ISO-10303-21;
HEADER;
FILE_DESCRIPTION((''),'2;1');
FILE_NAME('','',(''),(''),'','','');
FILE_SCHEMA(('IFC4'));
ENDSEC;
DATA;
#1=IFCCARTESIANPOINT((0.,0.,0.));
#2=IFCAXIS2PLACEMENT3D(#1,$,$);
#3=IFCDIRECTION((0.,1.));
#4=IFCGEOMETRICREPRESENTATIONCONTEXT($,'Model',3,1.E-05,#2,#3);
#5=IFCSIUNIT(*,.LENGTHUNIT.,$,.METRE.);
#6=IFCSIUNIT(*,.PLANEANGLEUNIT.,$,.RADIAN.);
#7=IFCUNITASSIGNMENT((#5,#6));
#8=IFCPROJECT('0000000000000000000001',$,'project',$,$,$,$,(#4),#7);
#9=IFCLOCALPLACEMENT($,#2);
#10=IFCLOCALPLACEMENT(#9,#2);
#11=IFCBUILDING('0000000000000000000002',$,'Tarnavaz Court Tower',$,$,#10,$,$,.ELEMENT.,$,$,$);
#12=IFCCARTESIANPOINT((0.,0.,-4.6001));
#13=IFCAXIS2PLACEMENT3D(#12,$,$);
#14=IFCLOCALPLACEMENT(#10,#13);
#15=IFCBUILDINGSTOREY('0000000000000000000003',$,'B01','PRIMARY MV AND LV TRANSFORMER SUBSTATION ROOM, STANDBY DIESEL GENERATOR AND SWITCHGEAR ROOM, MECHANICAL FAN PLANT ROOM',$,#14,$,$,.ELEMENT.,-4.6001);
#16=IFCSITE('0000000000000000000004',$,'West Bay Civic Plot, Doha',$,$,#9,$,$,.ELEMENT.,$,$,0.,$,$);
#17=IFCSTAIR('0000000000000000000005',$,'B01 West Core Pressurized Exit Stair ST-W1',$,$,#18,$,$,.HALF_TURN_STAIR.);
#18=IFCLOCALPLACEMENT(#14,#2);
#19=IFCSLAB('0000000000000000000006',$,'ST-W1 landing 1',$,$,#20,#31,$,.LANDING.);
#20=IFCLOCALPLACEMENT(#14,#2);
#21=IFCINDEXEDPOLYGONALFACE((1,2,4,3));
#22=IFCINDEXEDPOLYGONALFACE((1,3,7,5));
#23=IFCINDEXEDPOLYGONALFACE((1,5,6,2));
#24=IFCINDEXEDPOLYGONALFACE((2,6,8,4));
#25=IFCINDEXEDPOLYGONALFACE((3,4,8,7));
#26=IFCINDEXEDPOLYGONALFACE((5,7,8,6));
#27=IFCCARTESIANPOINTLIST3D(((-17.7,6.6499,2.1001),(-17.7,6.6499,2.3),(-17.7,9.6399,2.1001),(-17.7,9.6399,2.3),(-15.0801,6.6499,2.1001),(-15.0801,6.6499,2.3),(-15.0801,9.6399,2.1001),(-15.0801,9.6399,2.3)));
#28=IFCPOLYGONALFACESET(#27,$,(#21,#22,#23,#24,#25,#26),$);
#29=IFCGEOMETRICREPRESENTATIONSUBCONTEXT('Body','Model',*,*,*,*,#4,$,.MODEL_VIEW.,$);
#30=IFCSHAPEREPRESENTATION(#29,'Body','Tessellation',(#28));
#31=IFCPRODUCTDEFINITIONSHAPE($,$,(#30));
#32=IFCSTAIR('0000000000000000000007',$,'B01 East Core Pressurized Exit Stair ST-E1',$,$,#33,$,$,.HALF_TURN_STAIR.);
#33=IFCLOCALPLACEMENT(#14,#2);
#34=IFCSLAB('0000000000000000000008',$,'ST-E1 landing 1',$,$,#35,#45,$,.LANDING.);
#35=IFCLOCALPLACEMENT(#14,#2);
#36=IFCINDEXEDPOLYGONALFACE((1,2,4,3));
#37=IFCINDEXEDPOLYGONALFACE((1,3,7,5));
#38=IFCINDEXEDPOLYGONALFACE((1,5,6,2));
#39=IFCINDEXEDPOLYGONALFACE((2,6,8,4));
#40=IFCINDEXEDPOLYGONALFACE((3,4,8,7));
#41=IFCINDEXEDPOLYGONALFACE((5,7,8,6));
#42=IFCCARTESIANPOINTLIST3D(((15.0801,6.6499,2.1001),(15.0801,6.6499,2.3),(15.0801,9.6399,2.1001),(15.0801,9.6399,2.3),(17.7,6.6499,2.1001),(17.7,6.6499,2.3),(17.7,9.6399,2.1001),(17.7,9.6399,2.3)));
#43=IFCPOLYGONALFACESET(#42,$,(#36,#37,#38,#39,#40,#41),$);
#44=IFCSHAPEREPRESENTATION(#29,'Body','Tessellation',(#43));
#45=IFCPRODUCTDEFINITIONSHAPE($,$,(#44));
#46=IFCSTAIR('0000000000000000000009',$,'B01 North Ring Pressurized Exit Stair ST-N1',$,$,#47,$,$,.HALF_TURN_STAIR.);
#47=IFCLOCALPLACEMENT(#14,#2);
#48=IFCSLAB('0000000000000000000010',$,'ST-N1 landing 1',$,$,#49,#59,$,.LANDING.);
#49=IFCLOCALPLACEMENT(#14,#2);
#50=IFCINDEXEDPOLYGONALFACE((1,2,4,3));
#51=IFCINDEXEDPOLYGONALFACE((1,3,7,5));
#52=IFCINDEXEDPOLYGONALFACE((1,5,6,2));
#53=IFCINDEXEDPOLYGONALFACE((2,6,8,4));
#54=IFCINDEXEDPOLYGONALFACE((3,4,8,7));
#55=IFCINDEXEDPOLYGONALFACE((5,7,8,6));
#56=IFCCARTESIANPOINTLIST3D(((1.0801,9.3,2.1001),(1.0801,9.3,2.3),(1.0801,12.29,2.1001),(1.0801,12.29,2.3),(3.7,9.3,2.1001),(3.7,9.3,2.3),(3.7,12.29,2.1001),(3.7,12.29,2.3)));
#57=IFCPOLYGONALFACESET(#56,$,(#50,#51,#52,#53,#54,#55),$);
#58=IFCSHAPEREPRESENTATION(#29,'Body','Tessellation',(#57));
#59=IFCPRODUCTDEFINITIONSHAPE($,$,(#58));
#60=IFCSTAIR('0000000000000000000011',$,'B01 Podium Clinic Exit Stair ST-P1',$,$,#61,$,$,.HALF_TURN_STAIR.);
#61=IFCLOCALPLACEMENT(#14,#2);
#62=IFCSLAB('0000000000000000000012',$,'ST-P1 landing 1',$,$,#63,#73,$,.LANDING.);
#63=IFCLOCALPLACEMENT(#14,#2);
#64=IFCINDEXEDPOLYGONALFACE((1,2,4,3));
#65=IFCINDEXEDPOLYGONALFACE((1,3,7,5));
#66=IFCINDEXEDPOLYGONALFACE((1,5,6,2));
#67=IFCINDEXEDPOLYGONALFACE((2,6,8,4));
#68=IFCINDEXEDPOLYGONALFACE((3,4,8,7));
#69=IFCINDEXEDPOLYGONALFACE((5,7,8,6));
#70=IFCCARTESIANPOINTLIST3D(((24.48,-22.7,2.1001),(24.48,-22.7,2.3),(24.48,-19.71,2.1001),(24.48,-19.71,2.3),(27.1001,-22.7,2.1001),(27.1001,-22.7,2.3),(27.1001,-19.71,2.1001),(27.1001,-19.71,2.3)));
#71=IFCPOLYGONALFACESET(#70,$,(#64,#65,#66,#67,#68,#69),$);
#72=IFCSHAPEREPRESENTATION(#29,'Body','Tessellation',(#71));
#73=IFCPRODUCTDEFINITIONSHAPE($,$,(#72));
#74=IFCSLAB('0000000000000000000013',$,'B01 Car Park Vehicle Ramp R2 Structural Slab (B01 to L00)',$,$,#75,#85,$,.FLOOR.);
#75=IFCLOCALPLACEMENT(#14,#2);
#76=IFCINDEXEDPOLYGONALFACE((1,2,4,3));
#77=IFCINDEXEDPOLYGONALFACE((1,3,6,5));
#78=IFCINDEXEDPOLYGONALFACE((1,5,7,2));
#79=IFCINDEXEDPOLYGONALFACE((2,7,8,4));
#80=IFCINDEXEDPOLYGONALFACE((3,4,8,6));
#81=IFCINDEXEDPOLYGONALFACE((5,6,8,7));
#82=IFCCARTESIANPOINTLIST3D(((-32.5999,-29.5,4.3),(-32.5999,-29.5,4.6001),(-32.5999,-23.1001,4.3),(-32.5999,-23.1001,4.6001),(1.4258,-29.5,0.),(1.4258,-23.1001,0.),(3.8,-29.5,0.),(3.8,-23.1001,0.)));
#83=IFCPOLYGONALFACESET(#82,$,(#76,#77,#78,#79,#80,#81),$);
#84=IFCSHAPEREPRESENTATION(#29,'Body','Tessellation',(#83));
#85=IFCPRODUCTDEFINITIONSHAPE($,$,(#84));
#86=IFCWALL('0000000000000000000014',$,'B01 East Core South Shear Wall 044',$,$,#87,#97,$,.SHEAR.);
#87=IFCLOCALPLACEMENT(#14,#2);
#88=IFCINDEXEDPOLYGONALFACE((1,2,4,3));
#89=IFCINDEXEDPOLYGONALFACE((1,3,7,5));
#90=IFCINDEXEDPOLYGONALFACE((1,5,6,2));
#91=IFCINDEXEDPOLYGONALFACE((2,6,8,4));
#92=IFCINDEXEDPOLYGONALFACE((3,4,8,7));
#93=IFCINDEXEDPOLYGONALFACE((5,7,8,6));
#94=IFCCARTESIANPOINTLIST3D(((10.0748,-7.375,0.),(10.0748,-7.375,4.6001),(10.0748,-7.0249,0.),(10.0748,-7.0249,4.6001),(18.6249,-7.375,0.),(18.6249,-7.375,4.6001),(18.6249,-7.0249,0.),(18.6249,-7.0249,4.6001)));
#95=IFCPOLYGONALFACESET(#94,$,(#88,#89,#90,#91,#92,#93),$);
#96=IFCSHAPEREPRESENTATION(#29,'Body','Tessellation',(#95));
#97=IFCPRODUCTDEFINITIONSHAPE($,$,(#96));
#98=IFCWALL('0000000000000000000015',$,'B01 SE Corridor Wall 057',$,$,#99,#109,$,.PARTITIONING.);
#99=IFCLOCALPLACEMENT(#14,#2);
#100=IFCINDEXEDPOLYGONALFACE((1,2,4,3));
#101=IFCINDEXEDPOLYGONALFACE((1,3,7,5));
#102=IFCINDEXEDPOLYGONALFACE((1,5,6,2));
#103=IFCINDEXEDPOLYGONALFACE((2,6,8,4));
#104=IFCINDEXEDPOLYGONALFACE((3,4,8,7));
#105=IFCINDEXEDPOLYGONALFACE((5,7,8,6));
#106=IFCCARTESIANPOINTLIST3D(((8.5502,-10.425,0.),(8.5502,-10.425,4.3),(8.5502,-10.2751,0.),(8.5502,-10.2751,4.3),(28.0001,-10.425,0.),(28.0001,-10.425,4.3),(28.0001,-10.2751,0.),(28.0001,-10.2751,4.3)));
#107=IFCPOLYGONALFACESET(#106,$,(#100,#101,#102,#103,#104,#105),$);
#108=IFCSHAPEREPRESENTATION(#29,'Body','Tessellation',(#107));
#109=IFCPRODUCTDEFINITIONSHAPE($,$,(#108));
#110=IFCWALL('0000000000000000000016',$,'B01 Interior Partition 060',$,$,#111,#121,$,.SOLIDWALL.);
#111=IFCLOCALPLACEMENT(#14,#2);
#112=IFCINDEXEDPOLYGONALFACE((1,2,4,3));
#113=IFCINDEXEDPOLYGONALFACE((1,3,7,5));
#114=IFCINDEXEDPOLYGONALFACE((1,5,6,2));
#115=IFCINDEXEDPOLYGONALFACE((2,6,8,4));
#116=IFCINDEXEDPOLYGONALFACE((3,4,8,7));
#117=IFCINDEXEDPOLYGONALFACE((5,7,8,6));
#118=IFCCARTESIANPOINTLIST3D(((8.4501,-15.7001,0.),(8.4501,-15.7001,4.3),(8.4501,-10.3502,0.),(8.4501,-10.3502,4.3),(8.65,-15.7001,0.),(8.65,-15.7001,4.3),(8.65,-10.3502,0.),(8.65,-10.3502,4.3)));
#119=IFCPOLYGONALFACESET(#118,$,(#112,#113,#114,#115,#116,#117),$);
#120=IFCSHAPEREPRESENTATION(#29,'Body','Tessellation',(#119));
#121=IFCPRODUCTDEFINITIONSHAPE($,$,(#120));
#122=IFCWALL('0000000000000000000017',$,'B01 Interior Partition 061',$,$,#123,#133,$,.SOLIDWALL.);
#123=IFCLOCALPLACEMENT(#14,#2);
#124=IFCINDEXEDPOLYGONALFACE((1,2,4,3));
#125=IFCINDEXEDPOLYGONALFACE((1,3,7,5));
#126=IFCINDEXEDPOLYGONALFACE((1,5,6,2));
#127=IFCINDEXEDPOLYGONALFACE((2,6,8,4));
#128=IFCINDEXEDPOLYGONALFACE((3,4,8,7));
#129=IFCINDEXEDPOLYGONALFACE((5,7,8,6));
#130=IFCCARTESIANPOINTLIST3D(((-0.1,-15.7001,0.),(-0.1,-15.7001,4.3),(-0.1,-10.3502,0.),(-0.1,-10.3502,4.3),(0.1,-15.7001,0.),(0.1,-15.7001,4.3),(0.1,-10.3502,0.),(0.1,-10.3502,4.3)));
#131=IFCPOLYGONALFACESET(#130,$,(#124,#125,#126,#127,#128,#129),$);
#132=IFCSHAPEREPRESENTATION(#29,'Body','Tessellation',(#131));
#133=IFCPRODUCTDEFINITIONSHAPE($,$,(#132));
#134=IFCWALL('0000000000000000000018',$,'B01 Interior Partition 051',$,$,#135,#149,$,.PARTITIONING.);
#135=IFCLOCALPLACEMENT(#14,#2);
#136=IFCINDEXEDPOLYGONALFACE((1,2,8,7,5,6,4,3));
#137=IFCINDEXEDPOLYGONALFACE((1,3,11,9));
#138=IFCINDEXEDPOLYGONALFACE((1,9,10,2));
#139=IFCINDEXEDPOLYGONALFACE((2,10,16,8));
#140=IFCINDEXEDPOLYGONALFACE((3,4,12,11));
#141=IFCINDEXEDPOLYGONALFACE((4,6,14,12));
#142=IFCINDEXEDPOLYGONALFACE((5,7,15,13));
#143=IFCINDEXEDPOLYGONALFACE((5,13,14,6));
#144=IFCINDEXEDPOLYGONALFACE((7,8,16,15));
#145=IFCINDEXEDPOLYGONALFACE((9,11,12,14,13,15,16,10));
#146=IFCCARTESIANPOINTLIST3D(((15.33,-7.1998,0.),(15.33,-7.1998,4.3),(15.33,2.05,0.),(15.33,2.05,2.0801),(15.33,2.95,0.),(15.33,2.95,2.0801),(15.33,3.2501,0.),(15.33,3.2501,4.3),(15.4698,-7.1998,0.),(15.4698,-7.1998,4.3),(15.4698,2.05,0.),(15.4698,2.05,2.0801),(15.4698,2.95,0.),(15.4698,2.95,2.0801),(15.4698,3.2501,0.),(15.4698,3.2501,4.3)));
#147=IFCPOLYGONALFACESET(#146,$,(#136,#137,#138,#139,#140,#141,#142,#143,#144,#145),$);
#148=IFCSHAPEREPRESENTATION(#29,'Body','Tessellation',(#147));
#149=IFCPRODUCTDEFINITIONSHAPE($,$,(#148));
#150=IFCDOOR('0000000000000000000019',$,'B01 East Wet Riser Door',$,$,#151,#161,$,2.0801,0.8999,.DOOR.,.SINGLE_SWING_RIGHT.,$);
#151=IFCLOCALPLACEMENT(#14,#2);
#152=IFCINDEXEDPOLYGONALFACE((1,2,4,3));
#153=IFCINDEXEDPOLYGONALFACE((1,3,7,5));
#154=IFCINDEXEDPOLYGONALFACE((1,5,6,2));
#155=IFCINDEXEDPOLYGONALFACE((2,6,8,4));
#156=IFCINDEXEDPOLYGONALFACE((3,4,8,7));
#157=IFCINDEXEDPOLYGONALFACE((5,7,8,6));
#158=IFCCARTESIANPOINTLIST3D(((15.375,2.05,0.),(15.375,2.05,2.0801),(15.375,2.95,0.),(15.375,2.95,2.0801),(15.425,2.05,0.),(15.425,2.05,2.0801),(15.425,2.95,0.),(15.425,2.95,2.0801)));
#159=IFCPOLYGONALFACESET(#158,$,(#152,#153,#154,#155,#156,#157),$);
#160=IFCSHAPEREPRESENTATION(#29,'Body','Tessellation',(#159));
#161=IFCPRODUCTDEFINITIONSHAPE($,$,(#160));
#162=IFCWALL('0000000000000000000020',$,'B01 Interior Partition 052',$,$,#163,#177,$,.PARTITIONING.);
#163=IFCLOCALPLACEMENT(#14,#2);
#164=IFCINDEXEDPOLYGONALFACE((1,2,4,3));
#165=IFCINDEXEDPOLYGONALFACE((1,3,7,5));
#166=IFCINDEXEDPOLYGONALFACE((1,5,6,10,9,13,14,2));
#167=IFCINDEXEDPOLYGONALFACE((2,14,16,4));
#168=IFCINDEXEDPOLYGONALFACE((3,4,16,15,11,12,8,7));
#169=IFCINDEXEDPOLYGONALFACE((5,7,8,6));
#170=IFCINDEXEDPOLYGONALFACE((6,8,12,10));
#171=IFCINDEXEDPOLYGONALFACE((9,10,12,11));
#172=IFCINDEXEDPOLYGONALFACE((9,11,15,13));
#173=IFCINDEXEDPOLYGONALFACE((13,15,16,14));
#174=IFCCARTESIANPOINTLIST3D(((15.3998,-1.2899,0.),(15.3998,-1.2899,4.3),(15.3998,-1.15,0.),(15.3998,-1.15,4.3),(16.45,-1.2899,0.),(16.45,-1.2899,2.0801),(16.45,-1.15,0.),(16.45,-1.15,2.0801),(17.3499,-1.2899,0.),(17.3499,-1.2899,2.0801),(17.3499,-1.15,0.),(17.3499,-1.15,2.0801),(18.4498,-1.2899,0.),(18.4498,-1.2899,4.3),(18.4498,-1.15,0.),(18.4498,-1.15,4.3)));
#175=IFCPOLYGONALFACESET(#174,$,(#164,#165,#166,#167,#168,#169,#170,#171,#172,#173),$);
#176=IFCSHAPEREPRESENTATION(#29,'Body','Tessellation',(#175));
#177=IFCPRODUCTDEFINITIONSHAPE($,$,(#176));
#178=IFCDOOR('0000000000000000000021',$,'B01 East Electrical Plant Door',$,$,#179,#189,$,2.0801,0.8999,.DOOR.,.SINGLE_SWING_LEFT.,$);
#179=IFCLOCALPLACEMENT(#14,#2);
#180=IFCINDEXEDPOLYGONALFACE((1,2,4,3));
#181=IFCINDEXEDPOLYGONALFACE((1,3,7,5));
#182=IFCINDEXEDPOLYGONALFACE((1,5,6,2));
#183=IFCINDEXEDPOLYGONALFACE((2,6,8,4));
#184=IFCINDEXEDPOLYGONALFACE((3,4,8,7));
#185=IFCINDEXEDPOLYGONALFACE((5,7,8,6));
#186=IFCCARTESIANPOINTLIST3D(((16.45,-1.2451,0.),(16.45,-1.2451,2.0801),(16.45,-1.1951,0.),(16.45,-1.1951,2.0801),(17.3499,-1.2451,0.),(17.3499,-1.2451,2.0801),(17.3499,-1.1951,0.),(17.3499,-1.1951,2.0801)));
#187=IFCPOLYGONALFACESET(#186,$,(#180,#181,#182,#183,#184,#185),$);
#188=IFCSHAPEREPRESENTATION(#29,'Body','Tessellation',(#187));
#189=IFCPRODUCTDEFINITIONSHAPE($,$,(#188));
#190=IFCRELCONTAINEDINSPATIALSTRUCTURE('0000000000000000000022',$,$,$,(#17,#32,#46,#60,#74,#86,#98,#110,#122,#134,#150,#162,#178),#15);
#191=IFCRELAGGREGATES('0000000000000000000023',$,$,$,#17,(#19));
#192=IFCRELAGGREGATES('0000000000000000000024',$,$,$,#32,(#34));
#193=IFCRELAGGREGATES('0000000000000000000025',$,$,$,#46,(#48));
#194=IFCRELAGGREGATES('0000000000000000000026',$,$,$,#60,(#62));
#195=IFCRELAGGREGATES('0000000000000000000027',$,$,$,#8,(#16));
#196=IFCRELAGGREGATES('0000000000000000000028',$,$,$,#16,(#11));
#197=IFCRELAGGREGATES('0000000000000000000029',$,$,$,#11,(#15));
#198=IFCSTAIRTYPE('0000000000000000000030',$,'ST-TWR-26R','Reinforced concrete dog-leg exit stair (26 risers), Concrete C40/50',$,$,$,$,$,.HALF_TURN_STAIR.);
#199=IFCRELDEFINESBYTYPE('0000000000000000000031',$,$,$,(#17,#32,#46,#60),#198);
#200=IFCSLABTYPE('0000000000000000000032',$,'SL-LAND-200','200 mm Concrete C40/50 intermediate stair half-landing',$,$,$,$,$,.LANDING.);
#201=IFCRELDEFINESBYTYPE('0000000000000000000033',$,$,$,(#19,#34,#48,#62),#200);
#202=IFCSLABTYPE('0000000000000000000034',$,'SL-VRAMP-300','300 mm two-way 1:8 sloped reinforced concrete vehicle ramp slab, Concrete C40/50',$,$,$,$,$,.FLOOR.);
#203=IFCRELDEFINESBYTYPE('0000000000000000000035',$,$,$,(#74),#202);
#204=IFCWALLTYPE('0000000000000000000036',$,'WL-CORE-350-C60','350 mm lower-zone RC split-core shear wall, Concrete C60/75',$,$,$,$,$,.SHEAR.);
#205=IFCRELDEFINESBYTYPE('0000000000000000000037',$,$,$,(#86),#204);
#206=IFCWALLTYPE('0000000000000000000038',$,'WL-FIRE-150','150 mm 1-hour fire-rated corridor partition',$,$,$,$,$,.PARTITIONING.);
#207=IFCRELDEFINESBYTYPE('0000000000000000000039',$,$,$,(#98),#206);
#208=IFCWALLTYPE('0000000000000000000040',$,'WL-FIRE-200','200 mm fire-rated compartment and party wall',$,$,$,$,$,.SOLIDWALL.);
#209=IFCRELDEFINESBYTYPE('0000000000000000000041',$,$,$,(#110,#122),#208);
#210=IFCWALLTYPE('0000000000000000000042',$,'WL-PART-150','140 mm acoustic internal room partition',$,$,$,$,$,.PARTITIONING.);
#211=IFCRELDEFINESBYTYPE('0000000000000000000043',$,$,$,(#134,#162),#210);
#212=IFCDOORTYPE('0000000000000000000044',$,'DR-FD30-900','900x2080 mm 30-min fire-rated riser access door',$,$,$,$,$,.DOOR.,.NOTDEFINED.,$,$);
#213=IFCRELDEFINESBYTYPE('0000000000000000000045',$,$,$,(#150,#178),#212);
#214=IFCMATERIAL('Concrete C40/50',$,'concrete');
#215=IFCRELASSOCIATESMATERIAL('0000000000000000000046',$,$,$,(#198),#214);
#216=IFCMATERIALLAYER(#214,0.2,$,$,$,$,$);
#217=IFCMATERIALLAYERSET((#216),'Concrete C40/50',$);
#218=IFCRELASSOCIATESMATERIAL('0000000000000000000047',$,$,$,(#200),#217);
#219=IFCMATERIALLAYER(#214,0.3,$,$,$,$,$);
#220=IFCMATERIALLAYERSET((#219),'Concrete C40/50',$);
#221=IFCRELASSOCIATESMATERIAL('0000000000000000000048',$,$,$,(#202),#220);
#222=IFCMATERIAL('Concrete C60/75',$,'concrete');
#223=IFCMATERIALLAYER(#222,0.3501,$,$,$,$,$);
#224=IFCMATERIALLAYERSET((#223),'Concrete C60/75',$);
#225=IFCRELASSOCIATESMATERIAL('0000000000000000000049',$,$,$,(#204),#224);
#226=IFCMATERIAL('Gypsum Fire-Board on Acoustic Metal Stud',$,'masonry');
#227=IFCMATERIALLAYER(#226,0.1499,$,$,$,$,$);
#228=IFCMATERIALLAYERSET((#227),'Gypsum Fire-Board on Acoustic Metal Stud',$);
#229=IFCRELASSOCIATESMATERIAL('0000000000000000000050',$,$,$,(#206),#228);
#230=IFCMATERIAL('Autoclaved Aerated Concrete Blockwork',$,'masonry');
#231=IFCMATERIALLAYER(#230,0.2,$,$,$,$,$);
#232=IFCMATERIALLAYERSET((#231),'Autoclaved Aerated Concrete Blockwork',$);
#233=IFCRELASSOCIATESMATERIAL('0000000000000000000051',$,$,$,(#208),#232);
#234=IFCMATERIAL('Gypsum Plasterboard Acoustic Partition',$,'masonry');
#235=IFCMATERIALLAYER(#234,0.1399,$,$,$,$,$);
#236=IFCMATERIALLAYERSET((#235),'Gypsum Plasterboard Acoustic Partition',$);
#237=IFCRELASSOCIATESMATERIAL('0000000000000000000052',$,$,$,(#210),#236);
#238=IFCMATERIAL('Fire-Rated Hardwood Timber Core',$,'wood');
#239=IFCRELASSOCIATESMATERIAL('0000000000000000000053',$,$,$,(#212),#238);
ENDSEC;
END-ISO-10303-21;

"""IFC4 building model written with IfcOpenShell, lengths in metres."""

from ifc_helpers import new_model, si_unit, direction, frame, frame_2d, origin, place, context, subcontext, project, spatial, polyline, rectangle, outline, extrude, material, layer, layer_set, type_object, element, fill, aggregate, save


model = new_model("IFC4")

# Units and contexts
model_context = context("Model", 3, precision=1e-05, world=origin(), true_north=direction((0.0, 1.0)))
body_context = subcontext(model_context, "Body", "Model", "MODEL_VIEW")
ifc_project = project(units=[si_unit("LENGTHUNIT", "METRE"), si_unit("PLANEANGLEUNIT", "RADIAN")], contexts=[model_context])

# Site, building, storey
site_placement = place(None, origin())
site = spatial("IfcSite", under=ifc_project, at=site_placement, Name="West Bay Civic Plot, Doha", CompositionType="ELEMENT", RefElevation=0.0)
building_placement = place(site_placement, origin())
building = spatial("IfcBuilding", under=site, at=building_placement, Name="Tarnavaz Court Tower", CompositionType="ELEMENT")
storey_placement = place(building_placement, frame((0.0, 0.0, -4.6001)))
storey = spatial("IfcBuildingStorey", under=building, at=storey_placement, Name="B01", Description="PRIMARY MV AND LV TRANSFORMER SUBSTATION ROOM, STANDBY DIESEL GENERATOR AND SWITCHGEAR ROOM, MECHANICAL FAN PLANT ROOM", CompositionType="ELEMENT", Elevation=-4.6001)

# Shared definitions
ifc_material_1 = material(Name="Concrete C60/75", Category="concrete")

# Stairs, slabs
ifc_material_2 = material(Name="Concrete C40/50", Category="concrete")
stair_type = type_object("IfcStairType", Name="ST-TWR-26R", Description="Reinforced concrete dog-leg exit stair (26 risers), Concrete C40/50", PredefinedType="HALF_TURN_STAIR", material=ifc_material_2)
stair_1_placement = place(storey_placement, origin())
stair_1 = element("IfcStair", 1, at=stair_1_placement, inside=storey, type_object=stair_type, Name="B01 West Core Pressurized Exit Stair ST-W1", PredefinedType="HALF_TURN_STAIR")
ifc_layer_1 = layer(ifc_material_2, 0.2)
ifc_layer_set_1 = layer_set([ifc_layer_1], Name="Concrete C40/50")
slab_type_1 = type_object("IfcSlabType", Name="SL-LAND-200", Description="200 mm Concrete C40/50 intermediate stair half-landing", PredefinedType="LANDING", material=ifc_layer_set_1)
slab_1_placement = place(storey_placement, frame((0.0, 0.0, 2.1001)))
slab_1 = element("IfcSlab", 2, at=slab_1_placement, type_object=slab_type_1, Name="ST-W1 landing 1", PredefinedType="LANDING", context=body_context, shape_type="SweptSolid", body=[
    extrude(outline(polyline([(-15.0801, 9.6399), (-17.7, 9.6399), (-17.7, 6.6499), (-15.0801, 6.6499), (-15.0801, 9.6399)])), origin(), (0.0, 0.0, 1.0), 0.2),
])
aggregate(stair_1, [slab_1])
stair_2_placement = place(storey_placement, origin())
stair_2 = element("IfcStair", 3, at=stair_2_placement, inside=storey, type_object=stair_type, Name="B01 East Core Pressurized Exit Stair ST-E1", PredefinedType="HALF_TURN_STAIR")
slab_2_placement = place(storey_placement, frame((0.0, 0.0, 2.1001)))
slab_2 = element("IfcSlab", 4, at=slab_2_placement, type_object=slab_type_1, Name="ST-E1 landing 1", PredefinedType="LANDING", context=body_context, shape_type="SweptSolid", body=[
    extrude(outline(polyline([(15.0801, 6.6499), (17.7, 6.6499), (17.7, 9.6399), (15.0801, 9.6399), (15.0801, 6.6499)])), origin(), (0.0, 0.0, 1.0), 0.2),
])
aggregate(stair_2, [slab_2])
stair_3_placement = place(storey_placement, origin())
stair_3 = element("IfcStair", 5, at=stair_3_placement, inside=storey, type_object=stair_type, Name="B01 North Ring Pressurized Exit Stair ST-N1", PredefinedType="HALF_TURN_STAIR")
slab_3_placement = place(storey_placement, frame((0.0, 0.0, 2.1001)))
slab_3 = element("IfcSlab", 6, at=slab_3_placement, type_object=slab_type_1, Name="ST-N1 landing 1", PredefinedType="LANDING", context=body_context, shape_type="SweptSolid", body=[
    extrude(outline(polyline([(1.0801, 9.3), (3.7, 9.3), (3.7, 12.29), (1.0801, 12.29), (1.0801, 9.3)])), origin(), (0.0, 0.0, 1.0), 0.2),
])
aggregate(stair_3, [slab_3])
stair_4_placement = place(storey_placement, origin())
stair_4 = element("IfcStair", 7, at=stair_4_placement, inside=storey, type_object=stair_type, Name="B01 Podium Clinic Exit Stair ST-P1", PredefinedType="HALF_TURN_STAIR")
slab_4_placement = place(storey_placement, frame((0.0, 0.0, 2.1001)))
slab_4 = element("IfcSlab", 8, at=slab_4_placement, type_object=slab_type_1, Name="ST-P1 landing 1", PredefinedType="LANDING", context=body_context, shape_type="SweptSolid", body=[
    extrude(outline(polyline([(24.48, -22.7), (27.1001, -22.7), (27.1001, -19.71), (24.48, -19.71), (24.48, -22.7)])), origin(), (0.0, 0.0, 1.0), 0.2),
])
aggregate(stair_4, [slab_4])

# Slab
ifc_layer_2 = layer(ifc_material_2, 0.3)
ifc_layer_set_2 = layer_set([ifc_layer_2], Name="Concrete C40/50")
slab_type_2 = type_object("IfcSlabType", Name="SL-VRAMP-300", Description="300 mm two-way 1:8 sloped reinforced concrete vehicle ramp slab, Concrete C40/50", PredefinedType="FLOOR", material=ifc_layer_set_2)
slab_5_placement = place(storey_placement, frame((3.8, -26.3, 0.0), z_axis=(0.0, 0.0, 1.0), x_axis=(-1.0, 0.0, 0.0)))
element("IfcSlab", 9, at=slab_5_placement, inside=storey, type_object=slab_type_2, Name="B01 Car Park Vehicle Ramp R2 Structural Slab (B01 to L00)", PredefinedType="FLOOR", context=body_context, shape_type="SweptSolid", body=[
    extrude(outline(polyline([(0.0, 0.0), (36.3999, 4.6001), (36.3999, 4.3), (2.3743, 0.0), (0.0, 0.0)])), frame((0.0, 3.2, 0.0), z_axis=(0.0, -1.0, 0.0), x_axis=(1.0, 0.0, 0.0)), (0.0, 0.0, 1.0), 6.3999),
])

# Walls
ifc_layer_3 = layer(ifc_material_1, 0.3501)
ifc_layer_set_3 = layer_set([ifc_layer_3], Name="Concrete C60/75")
wall_type_1 = type_object("IfcWallType", Name="WL-CORE-350-C60", Description="350 mm lower-zone RC split-core shear wall, Concrete C60/75", PredefinedType="SHEAR", material=ifc_layer_set_3)
wall_1_placement = place(storey_placement, frame((10.075, -7.2, 0.0), z_axis=(0.0, 0.0, 1.0), x_axis=(1.0, 0.0, 0.0)))
element("IfcWall", 10, at=wall_1_placement, inside=storey, type_object=wall_type_1, Name="B01 East Core South Shear Wall 044", PredefinedType="SHEAR", context=body_context, shape_type="SweptSolid", body=[
    extrude(rectangle(XDim=8.55, YDim=0.3501, at=frame_2d((4.2749, 0.0))), origin(), (0.0, 0.0, 1.0), 4.6001),
])
ifc_material_3 = material(Name="Gypsum Fire-Board on Acoustic Metal Stud", Category="masonry")
ifc_layer_4 = layer(ifc_material_3, 0.1499)
ifc_layer_set_4 = layer_set([ifc_layer_4], Name="Gypsum Fire-Board on Acoustic Metal Stud")
wall_type_2 = type_object("IfcWallType", Name="WL-FIRE-150", Description="150 mm 1-hour fire-rated corridor partition", PredefinedType="PARTITIONING", material=ifc_layer_set_4)
wall_2_placement = place(storey_placement, frame((8.55, -10.3501, 0.0), z_axis=(0.0, 0.0, 1.0), x_axis=(1.0, 0.0, 0.0)))
element("IfcWall", 11, at=wall_2_placement, inside=storey, type_object=wall_type_2, Name="B01 SE Corridor Wall 057", PredefinedType="PARTITIONING", context=body_context, shape_type="SweptSolid", body=[
    extrude(rectangle(XDim=19.45, YDim=0.1499, at=frame_2d((9.7251, 0.0))), origin(), (0.0, 0.0, 1.0), 4.3),
])
ifc_material_4 = material(Name="Autoclaved Aerated Concrete Blockwork", Category="masonry")
ifc_layer_5 = layer(ifc_material_4, 0.2)
ifc_layer_set_5 = layer_set([ifc_layer_5], Name="Autoclaved Aerated Concrete Blockwork")
wall_type_3 = type_object("IfcWallType", Name="WL-FIRE-200", Description="200 mm fire-rated compartment and party wall", PredefinedType="SOLIDWALL", material=ifc_layer_set_5)
for number, where, z_axis, x_axis, name in (
    (12, (8.55, -15.7, 0.0), (0.0, 0.0, 1.0), (0.0, 1.0, 0.0), "B01 Interior Partition 060"),
    (13, (0.0, -15.7, 0.0), (0.0, 0.0, 1.0), (0.0, 1.0, 0.0), "B01 Interior Partition 061"),
):
    element("IfcWall", number, at=place(storey_placement, frame(where, z_axis=z_axis, x_axis=x_axis)), inside=storey, type_object=wall_type_3, Name=name, PredefinedType="SOLIDWALL", context=body_context, shape_type="SweptSolid", body=[
        extrude(rectangle(XDim=5.3499, YDim=0.2, at=frame_2d((2.6748, 0.0))), origin(), (0.0, 0.0, 1.0), 4.3),
    ])

# Walls, openings, doors
ifc_material_5 = material(Name="Gypsum Plasterboard Acoustic Partition", Category="masonry")
ifc_layer_6 = layer(ifc_material_5, 0.1399)
ifc_layer_set_6 = layer_set([ifc_layer_6], Name="Gypsum Plasterboard Acoustic Partition")
wall_type_4 = type_object("IfcWallType", Name="WL-PART-150", Description="140 mm acoustic internal room partition", PredefinedType="PARTITIONING", material=ifc_layer_set_6)
wall_3_placement = place(storey_placement, frame((15.3999, -7.2, 0.0), z_axis=(0.0, 0.0, 1.0), x_axis=(0.0, 1.0, 0.0)))
wall_3 = element("IfcWall", 14, at=wall_3_placement, inside=storey, type_object=wall_type_4, Name="B01 Interior Partition 051", PredefinedType="PARTITIONING", context=body_context, shape_type="SweptSolid", body=[
    extrude(rectangle(XDim=10.45, YDim=0.1399, at=frame_2d((5.2251, 0.0))), origin(), (0.0, 0.0, 1.0), 4.3),
])
opening_1_placement = place(wall_3_placement, frame((9.25, 0.0, 0.0)))
opening_1 = element("IfcOpeningElement", 15, at=opening_1_placement, cuts=wall_3, PredefinedType="OPENING", context=body_context, shape_type="SweptSolid", body=[
    extrude(rectangle(XDim=0.8999, YDim=2.0801, at=frame_2d((0.45, 1.04))), frame((0.0, 0.0798, 0.0), z_axis=(0.0, -1.0, 0.0), x_axis=(1.0, 0.0, 0.0)), (0.0, 0.0, 1.0), 0.1599),
])
ifc_material_6 = material(Name="Fire-Rated Hardwood Timber Core", Category="wood")
door_type = type_object("IfcDoorType", Name="DR-FD30-900", Description="900x2080 mm 30-min fire-rated riser access door", OperationType="NOTDEFINED", PredefinedType="DOOR", material=ifc_material_6)
door_1_placement = place(opening_1_placement, origin())
door_1 = element("IfcDoor", 16, at=door_1_placement, inside=storey, type_object=door_type, Name="B01 East Wet Riser Door", OperationType="SINGLE_SWING_RIGHT", OverallHeight=2.0801, OverallWidth=0.8999, PredefinedType="DOOR", context=body_context, shape_type="SweptSolid", body=[
    extrude(rectangle(XDim=0.8999, YDim=2.0801, at=frame_2d((0.45, 1.04))), frame((0.0, 0.0249, 0.0), z_axis=(0.0, -1.0, 0.0), x_axis=(1.0, 0.0, 0.0)), (0.0, 0.0, 1.0), 0.05),
])
fill(opening_1, door_1)
wall_4_placement = place(storey_placement, frame((15.3999, -1.22, 0.0), z_axis=(0.0, 0.0, 1.0), x_axis=(1.0, 0.0, 0.0)))
wall_4 = element("IfcWall", 17, at=wall_4_placement, inside=storey, type_object=wall_type_4, Name="B01 Interior Partition 052", PredefinedType="PARTITIONING", context=body_context, shape_type="SweptSolid", body=[
    extrude(rectangle(XDim=3.05, YDim=0.1399, at=frame_2d((1.5249, 0.0))), origin(), (0.0, 0.0, 1.0), 4.3),
])
opening_2_placement = place(wall_4_placement, frame((1.05, 0.0, 0.0)))
opening_2 = element("IfcOpeningElement", 18, at=opening_2_placement, cuts=wall_4, PredefinedType="OPENING", context=body_context, shape_type="SweptSolid", body=[
    extrude(rectangle(XDim=0.8999, YDim=2.0801, at=frame_2d((0.45, 1.04))), frame((0.0, 0.0798, 0.0), z_axis=(0.0, -1.0, 0.0), x_axis=(1.0, 0.0, 0.0)), (0.0, 0.0, 1.0), 0.1599),
])
door_2_placement = place(opening_2_placement, origin())
door_2 = element("IfcDoor", 19, at=door_2_placement, inside=storey, type_object=door_type, Name="B01 East Electrical Plant Door", OperationType="SINGLE_SWING_LEFT", OverallHeight=2.0801, OverallWidth=0.8999, PredefinedType="DOOR", context=body_context, shape_type="SweptSolid", body=[
    extrude(rectangle(XDim=0.8999, YDim=2.0801, at=frame_2d((0.45, 1.04))), frame((0.0, 0.0249, 0.0), z_axis=(0.0, -1.0, 0.0), x_axis=(1.0, 0.0, 0.0)), (0.0, 0.0, 1.0), 0.05),
])
fill(opening_2, door_2)

save(model, "model.ifc")
